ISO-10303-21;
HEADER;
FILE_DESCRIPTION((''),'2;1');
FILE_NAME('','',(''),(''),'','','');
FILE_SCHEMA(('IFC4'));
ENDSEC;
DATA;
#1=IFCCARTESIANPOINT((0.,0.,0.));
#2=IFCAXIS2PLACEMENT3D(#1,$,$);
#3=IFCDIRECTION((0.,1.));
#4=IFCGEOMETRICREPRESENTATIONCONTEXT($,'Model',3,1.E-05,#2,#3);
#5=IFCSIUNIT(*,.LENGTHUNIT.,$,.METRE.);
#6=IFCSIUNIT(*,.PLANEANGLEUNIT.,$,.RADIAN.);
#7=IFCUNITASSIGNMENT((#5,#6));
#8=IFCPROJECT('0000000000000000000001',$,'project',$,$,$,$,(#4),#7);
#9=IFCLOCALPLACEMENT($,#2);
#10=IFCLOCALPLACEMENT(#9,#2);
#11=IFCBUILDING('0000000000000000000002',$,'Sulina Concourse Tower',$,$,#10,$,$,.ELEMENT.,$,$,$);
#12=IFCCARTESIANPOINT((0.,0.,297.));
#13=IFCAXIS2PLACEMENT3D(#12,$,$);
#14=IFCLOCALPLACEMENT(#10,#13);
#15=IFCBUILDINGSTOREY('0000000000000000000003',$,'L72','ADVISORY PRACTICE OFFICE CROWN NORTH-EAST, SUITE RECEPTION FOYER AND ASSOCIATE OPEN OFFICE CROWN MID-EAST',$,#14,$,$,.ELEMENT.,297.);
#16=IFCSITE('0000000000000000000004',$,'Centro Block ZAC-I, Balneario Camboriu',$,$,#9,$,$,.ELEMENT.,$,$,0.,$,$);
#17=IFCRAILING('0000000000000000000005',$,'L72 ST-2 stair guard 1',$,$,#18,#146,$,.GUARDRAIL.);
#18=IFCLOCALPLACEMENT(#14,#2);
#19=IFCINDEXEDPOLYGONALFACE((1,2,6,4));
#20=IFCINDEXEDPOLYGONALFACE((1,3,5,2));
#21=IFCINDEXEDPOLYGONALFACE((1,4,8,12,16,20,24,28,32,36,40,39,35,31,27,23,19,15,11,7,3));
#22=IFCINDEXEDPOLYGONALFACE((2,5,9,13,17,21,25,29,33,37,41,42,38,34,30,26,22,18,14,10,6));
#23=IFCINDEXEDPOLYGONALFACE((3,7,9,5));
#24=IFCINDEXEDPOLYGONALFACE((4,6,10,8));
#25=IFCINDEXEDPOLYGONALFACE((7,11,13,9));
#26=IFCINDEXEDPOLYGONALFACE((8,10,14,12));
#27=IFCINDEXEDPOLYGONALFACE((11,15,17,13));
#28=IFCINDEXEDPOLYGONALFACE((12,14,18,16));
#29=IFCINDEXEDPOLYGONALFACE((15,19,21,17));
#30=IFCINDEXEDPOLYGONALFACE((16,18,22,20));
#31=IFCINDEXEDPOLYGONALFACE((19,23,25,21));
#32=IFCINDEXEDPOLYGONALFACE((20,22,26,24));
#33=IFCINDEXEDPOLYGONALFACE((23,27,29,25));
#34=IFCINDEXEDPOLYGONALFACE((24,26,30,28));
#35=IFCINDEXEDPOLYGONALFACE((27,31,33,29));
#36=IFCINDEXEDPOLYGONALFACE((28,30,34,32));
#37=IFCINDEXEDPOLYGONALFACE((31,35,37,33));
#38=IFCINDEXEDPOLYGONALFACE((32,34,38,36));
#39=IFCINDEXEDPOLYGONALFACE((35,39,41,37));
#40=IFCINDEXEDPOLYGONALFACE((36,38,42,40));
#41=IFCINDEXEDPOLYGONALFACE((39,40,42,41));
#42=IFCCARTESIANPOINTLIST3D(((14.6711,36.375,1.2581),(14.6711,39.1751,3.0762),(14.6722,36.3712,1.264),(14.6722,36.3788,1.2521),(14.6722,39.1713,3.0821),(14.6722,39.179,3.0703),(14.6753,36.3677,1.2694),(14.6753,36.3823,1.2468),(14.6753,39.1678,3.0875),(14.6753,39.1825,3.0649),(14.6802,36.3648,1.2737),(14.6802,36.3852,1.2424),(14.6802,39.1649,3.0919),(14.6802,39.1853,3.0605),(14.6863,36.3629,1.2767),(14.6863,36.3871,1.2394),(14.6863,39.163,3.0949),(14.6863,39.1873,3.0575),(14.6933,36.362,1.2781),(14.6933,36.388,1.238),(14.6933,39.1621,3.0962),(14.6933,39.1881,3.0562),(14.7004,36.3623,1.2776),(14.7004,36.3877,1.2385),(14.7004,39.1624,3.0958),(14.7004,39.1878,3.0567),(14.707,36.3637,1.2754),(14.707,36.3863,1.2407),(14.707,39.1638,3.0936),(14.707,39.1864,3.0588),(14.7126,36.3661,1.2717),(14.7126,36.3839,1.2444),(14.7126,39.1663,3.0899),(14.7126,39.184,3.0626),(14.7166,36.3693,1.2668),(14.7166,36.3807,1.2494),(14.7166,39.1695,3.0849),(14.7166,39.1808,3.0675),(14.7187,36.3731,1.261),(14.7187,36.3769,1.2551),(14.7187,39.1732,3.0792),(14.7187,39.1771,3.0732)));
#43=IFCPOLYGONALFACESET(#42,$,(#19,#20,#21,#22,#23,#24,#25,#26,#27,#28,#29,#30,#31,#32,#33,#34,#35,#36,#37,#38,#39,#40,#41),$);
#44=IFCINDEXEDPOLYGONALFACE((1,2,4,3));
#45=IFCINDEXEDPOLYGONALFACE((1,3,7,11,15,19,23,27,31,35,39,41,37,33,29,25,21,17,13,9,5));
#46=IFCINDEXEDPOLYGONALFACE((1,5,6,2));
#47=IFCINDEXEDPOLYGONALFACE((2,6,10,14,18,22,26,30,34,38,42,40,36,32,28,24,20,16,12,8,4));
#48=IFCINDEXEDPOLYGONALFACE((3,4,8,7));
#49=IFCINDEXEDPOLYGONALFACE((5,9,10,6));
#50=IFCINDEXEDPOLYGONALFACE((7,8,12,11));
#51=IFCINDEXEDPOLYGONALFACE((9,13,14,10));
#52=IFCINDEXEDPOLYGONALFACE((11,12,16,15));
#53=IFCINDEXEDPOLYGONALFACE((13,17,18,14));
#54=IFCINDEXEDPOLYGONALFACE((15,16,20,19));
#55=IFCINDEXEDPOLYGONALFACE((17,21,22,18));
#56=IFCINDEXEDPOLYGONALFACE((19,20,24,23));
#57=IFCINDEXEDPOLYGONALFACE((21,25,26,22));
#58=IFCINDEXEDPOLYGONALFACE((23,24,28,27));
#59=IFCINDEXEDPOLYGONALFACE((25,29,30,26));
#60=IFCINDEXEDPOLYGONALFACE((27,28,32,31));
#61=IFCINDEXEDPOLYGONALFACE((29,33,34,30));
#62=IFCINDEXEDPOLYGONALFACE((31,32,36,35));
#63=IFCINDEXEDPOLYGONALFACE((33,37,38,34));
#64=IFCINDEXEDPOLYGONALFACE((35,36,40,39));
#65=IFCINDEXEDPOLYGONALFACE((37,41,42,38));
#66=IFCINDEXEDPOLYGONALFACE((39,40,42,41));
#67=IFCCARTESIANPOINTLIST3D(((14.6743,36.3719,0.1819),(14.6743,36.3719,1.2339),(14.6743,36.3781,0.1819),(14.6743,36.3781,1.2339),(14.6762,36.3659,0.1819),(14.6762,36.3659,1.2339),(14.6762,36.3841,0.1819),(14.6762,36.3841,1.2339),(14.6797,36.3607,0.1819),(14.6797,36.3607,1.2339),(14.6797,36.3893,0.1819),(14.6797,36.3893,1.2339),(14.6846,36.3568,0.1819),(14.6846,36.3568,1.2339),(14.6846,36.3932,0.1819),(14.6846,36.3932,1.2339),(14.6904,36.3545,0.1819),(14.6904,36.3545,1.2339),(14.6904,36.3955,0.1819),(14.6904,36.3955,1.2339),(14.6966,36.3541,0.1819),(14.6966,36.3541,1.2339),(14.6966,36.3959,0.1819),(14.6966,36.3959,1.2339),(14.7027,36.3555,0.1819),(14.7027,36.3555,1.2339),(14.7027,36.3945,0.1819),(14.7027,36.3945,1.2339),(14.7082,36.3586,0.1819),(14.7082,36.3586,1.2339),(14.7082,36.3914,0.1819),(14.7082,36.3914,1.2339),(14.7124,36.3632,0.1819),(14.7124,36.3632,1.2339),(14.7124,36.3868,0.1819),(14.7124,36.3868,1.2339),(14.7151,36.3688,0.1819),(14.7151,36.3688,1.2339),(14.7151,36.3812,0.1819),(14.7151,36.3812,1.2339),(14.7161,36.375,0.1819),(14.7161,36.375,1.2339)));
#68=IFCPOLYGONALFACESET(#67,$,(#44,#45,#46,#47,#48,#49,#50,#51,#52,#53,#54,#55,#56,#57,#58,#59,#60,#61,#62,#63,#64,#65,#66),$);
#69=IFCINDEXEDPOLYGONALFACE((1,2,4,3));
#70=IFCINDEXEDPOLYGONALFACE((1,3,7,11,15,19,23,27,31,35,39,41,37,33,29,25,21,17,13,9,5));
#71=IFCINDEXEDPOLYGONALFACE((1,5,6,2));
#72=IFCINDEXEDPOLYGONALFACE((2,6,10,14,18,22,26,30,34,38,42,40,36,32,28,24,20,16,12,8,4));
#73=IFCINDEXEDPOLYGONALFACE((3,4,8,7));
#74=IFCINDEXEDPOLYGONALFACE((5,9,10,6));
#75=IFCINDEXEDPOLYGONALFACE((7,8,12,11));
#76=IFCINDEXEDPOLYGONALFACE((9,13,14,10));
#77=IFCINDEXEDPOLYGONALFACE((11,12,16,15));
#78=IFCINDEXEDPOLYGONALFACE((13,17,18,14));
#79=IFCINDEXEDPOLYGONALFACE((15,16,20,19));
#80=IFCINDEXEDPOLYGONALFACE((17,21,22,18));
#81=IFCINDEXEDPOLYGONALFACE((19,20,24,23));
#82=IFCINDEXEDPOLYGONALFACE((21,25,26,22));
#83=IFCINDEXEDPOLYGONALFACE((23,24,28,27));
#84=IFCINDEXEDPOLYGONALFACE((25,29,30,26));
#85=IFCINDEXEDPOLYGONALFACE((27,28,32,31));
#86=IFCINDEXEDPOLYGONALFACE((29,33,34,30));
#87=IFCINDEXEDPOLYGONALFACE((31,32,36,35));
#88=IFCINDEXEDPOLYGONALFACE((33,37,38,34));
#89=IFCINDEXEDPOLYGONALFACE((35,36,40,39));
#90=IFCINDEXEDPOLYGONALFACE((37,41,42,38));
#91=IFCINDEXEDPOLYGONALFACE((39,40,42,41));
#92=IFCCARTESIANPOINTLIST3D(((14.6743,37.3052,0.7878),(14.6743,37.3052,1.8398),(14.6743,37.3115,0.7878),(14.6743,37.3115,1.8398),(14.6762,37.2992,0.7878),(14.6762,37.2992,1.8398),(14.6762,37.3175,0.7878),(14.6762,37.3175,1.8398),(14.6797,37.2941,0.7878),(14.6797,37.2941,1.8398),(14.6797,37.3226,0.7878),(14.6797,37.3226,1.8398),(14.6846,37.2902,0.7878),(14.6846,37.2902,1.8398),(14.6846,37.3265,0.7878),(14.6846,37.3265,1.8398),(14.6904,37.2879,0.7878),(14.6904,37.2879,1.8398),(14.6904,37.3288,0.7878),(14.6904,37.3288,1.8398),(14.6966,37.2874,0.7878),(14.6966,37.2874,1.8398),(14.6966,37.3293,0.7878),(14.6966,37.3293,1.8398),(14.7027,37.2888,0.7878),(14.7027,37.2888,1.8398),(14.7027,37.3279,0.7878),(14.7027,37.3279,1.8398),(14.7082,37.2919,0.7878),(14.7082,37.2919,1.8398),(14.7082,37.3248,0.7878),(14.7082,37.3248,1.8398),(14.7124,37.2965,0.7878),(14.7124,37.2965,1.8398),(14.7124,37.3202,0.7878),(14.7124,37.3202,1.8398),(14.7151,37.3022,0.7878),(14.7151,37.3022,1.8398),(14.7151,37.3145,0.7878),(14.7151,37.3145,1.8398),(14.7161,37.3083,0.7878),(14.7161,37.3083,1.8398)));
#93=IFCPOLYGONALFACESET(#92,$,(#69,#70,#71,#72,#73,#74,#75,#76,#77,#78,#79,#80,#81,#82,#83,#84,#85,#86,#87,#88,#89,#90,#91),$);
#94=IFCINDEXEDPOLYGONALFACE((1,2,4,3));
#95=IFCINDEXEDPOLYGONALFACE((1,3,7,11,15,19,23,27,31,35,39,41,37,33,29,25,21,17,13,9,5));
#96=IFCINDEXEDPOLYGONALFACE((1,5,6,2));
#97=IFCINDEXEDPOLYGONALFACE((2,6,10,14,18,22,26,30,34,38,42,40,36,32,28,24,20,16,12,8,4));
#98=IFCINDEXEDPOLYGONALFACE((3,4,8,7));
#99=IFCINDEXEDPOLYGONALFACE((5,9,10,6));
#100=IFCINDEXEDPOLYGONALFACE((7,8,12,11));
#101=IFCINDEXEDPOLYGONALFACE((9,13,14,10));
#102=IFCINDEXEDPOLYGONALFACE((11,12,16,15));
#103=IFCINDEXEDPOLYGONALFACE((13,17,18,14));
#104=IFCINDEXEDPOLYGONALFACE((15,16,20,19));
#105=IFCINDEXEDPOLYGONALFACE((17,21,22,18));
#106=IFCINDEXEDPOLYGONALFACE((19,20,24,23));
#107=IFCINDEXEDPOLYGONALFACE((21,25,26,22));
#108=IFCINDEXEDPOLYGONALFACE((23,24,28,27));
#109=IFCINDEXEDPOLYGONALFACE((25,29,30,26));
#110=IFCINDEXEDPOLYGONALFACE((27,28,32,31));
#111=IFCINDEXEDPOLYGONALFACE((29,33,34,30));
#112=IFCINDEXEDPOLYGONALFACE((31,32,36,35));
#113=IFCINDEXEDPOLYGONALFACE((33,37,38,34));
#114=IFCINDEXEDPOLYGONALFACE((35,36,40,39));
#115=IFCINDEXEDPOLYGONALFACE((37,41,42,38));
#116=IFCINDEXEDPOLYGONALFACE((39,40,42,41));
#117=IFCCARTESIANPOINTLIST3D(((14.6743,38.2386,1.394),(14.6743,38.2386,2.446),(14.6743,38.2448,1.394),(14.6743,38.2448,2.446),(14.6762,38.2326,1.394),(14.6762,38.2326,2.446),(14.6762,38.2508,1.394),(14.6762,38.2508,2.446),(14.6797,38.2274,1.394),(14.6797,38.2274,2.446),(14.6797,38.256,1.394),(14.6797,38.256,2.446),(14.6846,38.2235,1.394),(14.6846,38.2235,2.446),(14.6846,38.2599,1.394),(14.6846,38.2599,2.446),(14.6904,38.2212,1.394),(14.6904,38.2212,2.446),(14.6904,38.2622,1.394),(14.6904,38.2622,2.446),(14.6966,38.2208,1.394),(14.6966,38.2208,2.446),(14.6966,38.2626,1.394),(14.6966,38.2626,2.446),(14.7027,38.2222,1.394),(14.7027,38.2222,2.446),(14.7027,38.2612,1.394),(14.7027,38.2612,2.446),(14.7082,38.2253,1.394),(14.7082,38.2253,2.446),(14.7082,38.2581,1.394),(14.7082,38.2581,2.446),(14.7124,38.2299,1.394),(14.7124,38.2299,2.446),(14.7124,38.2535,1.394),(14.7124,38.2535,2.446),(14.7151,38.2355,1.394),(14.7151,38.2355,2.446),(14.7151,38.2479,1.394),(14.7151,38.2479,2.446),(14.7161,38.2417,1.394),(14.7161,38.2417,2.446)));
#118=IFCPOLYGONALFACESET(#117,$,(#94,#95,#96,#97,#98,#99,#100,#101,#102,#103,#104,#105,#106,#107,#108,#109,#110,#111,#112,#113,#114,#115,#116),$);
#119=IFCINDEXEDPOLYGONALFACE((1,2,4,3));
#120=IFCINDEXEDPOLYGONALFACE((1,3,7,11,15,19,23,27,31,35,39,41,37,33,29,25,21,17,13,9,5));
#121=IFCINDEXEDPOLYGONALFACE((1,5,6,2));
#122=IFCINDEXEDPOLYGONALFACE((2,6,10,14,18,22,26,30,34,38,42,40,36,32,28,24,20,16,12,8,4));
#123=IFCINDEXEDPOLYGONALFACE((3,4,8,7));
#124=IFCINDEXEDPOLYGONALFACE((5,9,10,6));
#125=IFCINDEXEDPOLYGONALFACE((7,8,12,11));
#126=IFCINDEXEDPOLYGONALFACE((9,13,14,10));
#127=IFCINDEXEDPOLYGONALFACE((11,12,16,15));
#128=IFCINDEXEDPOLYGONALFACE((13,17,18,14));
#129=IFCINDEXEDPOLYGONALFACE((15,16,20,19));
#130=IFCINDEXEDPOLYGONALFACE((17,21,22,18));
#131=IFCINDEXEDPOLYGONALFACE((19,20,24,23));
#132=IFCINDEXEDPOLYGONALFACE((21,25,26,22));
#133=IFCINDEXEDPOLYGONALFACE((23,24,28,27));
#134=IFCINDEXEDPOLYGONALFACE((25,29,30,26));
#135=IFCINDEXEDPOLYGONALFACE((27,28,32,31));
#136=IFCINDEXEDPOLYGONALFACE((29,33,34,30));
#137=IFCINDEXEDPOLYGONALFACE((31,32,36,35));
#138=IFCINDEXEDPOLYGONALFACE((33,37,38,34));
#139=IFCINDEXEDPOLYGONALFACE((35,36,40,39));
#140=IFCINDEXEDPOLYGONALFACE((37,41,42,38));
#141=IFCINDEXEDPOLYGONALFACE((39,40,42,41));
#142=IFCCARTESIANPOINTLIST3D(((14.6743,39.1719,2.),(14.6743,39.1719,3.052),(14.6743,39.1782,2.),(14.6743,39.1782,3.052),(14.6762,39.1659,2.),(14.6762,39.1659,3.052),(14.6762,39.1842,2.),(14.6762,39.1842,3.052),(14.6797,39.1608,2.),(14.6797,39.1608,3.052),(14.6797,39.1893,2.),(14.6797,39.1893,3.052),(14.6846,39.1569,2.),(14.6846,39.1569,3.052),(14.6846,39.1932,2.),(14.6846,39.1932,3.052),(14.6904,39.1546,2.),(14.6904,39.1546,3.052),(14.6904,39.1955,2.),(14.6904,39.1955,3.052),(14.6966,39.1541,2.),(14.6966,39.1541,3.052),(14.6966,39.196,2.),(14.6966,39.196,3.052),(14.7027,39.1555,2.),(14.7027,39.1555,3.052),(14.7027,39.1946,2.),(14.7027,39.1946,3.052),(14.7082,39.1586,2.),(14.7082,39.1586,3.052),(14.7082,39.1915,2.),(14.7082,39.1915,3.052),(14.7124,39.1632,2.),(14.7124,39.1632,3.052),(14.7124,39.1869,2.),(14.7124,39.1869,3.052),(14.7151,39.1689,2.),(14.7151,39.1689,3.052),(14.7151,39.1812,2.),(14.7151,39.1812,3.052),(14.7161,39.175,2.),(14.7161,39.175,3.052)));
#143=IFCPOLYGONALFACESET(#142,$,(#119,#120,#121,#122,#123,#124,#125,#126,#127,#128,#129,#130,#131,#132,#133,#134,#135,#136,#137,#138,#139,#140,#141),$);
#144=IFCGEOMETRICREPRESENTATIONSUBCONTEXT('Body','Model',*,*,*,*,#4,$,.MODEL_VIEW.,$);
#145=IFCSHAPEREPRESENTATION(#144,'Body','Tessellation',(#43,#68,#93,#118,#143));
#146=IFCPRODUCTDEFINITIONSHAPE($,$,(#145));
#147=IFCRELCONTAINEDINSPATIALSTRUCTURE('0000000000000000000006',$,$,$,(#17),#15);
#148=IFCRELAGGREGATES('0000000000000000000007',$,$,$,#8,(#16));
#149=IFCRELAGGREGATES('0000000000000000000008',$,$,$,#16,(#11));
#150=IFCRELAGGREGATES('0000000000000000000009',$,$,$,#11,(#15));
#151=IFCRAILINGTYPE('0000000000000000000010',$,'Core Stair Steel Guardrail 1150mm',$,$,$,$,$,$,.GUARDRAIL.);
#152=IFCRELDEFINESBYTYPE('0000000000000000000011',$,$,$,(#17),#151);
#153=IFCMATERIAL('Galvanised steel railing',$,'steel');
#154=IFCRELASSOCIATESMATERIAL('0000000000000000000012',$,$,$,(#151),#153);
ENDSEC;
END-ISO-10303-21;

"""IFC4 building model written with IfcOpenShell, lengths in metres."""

from ifc_helpers import new_model, si_unit, direction, frame, origin, origin_2d, place, context, subcontext, project, spatial, circle, extrude, material, type_object, element, save


model = new_model("IFC4")

# Units and contexts
model_context = context("Model", 3, precision=1e-05, world=origin(), true_north=direction((0.0, 1.0)))
body_context = subcontext(model_context, "Body", "Model", "MODEL_VIEW")
ifc_project = project(units=[si_unit("LENGTHUNIT", "METRE"), si_unit("PLANEANGLEUNIT", "RADIAN")], contexts=[model_context])

# Site, building, storey
site_placement = place(None, origin())
site = spatial("IfcSite", under=ifc_project, at=site_placement, Name="Centro Block ZAC-I, Balneario Camboriu", CompositionType="ELEMENT", RefElevation=0.0)
building_placement = place(site_placement, origin())
building = spatial("IfcBuilding", under=site, at=building_placement, Name="Sulina Concourse Tower", CompositionType="ELEMENT")
storey_placement = place(building_placement, frame((0.0, 0.0, 297.0)))
storey = spatial("IfcBuildingStorey", under=building, at=storey_placement, Name="L72", Description="ADVISORY PRACTICE OFFICE CROWN NORTH-EAST, SUITE RECEPTION FOYER AND ASSOCIATE OPEN OFFICE CROWN MID-EAST", CompositionType="ELEMENT", Elevation=297.0)

# Railing
ifc_material_1 = material(Name="Galvanised steel railing", Category="steel")
railing_type_1 = type_object("IfcRailingType", Name="Core Stair Steel Guardrail 1150mm", PredefinedType="GUARDRAIL", material=ifc_material_1)
railing_1_placement = place(storey_placement, frame((14.6951, 36.375, 0.1819)))
element("IfcRailing", 1, at=railing_1_placement, inside=storey, type_object=railing_type_1, Name="L72 ST-2 stair guard 1", PredefinedType="GUARDRAIL", context=body_context, shape_type="SweptSolid", body=[
    extrude(circle(Radius=0.0239, at=origin_2d()), frame((0.0, 0.0, 1.0762), z_axis=(0.0, 0.838706, 0.544585), x_axis=(-1.0, 0.0, 0.0)), (0.0, 0.0, 1.0), 3.3386),
    extrude(circle(Radius=0.021, at=origin_2d()), origin(), (0.0, 0.0, 1.0), 1.052),
    extrude(circle(Radius=0.021, at=origin_2d()), frame((0.0, 0.9333, 0.606)), (0.0, 0.0, 1.0), 1.052),
    extrude(circle(Radius=0.021, at=origin_2d()), frame((0.0, 1.8667, 1.2122)), (0.0, 0.0, 1.0), 1.052),
    extrude(circle(Radius=0.021, at=origin_2d()), frame((0.0, 2.8, 1.8181)), (0.0, 0.0, 1.0), 1.052),
])

save(model, "model.ifc")
